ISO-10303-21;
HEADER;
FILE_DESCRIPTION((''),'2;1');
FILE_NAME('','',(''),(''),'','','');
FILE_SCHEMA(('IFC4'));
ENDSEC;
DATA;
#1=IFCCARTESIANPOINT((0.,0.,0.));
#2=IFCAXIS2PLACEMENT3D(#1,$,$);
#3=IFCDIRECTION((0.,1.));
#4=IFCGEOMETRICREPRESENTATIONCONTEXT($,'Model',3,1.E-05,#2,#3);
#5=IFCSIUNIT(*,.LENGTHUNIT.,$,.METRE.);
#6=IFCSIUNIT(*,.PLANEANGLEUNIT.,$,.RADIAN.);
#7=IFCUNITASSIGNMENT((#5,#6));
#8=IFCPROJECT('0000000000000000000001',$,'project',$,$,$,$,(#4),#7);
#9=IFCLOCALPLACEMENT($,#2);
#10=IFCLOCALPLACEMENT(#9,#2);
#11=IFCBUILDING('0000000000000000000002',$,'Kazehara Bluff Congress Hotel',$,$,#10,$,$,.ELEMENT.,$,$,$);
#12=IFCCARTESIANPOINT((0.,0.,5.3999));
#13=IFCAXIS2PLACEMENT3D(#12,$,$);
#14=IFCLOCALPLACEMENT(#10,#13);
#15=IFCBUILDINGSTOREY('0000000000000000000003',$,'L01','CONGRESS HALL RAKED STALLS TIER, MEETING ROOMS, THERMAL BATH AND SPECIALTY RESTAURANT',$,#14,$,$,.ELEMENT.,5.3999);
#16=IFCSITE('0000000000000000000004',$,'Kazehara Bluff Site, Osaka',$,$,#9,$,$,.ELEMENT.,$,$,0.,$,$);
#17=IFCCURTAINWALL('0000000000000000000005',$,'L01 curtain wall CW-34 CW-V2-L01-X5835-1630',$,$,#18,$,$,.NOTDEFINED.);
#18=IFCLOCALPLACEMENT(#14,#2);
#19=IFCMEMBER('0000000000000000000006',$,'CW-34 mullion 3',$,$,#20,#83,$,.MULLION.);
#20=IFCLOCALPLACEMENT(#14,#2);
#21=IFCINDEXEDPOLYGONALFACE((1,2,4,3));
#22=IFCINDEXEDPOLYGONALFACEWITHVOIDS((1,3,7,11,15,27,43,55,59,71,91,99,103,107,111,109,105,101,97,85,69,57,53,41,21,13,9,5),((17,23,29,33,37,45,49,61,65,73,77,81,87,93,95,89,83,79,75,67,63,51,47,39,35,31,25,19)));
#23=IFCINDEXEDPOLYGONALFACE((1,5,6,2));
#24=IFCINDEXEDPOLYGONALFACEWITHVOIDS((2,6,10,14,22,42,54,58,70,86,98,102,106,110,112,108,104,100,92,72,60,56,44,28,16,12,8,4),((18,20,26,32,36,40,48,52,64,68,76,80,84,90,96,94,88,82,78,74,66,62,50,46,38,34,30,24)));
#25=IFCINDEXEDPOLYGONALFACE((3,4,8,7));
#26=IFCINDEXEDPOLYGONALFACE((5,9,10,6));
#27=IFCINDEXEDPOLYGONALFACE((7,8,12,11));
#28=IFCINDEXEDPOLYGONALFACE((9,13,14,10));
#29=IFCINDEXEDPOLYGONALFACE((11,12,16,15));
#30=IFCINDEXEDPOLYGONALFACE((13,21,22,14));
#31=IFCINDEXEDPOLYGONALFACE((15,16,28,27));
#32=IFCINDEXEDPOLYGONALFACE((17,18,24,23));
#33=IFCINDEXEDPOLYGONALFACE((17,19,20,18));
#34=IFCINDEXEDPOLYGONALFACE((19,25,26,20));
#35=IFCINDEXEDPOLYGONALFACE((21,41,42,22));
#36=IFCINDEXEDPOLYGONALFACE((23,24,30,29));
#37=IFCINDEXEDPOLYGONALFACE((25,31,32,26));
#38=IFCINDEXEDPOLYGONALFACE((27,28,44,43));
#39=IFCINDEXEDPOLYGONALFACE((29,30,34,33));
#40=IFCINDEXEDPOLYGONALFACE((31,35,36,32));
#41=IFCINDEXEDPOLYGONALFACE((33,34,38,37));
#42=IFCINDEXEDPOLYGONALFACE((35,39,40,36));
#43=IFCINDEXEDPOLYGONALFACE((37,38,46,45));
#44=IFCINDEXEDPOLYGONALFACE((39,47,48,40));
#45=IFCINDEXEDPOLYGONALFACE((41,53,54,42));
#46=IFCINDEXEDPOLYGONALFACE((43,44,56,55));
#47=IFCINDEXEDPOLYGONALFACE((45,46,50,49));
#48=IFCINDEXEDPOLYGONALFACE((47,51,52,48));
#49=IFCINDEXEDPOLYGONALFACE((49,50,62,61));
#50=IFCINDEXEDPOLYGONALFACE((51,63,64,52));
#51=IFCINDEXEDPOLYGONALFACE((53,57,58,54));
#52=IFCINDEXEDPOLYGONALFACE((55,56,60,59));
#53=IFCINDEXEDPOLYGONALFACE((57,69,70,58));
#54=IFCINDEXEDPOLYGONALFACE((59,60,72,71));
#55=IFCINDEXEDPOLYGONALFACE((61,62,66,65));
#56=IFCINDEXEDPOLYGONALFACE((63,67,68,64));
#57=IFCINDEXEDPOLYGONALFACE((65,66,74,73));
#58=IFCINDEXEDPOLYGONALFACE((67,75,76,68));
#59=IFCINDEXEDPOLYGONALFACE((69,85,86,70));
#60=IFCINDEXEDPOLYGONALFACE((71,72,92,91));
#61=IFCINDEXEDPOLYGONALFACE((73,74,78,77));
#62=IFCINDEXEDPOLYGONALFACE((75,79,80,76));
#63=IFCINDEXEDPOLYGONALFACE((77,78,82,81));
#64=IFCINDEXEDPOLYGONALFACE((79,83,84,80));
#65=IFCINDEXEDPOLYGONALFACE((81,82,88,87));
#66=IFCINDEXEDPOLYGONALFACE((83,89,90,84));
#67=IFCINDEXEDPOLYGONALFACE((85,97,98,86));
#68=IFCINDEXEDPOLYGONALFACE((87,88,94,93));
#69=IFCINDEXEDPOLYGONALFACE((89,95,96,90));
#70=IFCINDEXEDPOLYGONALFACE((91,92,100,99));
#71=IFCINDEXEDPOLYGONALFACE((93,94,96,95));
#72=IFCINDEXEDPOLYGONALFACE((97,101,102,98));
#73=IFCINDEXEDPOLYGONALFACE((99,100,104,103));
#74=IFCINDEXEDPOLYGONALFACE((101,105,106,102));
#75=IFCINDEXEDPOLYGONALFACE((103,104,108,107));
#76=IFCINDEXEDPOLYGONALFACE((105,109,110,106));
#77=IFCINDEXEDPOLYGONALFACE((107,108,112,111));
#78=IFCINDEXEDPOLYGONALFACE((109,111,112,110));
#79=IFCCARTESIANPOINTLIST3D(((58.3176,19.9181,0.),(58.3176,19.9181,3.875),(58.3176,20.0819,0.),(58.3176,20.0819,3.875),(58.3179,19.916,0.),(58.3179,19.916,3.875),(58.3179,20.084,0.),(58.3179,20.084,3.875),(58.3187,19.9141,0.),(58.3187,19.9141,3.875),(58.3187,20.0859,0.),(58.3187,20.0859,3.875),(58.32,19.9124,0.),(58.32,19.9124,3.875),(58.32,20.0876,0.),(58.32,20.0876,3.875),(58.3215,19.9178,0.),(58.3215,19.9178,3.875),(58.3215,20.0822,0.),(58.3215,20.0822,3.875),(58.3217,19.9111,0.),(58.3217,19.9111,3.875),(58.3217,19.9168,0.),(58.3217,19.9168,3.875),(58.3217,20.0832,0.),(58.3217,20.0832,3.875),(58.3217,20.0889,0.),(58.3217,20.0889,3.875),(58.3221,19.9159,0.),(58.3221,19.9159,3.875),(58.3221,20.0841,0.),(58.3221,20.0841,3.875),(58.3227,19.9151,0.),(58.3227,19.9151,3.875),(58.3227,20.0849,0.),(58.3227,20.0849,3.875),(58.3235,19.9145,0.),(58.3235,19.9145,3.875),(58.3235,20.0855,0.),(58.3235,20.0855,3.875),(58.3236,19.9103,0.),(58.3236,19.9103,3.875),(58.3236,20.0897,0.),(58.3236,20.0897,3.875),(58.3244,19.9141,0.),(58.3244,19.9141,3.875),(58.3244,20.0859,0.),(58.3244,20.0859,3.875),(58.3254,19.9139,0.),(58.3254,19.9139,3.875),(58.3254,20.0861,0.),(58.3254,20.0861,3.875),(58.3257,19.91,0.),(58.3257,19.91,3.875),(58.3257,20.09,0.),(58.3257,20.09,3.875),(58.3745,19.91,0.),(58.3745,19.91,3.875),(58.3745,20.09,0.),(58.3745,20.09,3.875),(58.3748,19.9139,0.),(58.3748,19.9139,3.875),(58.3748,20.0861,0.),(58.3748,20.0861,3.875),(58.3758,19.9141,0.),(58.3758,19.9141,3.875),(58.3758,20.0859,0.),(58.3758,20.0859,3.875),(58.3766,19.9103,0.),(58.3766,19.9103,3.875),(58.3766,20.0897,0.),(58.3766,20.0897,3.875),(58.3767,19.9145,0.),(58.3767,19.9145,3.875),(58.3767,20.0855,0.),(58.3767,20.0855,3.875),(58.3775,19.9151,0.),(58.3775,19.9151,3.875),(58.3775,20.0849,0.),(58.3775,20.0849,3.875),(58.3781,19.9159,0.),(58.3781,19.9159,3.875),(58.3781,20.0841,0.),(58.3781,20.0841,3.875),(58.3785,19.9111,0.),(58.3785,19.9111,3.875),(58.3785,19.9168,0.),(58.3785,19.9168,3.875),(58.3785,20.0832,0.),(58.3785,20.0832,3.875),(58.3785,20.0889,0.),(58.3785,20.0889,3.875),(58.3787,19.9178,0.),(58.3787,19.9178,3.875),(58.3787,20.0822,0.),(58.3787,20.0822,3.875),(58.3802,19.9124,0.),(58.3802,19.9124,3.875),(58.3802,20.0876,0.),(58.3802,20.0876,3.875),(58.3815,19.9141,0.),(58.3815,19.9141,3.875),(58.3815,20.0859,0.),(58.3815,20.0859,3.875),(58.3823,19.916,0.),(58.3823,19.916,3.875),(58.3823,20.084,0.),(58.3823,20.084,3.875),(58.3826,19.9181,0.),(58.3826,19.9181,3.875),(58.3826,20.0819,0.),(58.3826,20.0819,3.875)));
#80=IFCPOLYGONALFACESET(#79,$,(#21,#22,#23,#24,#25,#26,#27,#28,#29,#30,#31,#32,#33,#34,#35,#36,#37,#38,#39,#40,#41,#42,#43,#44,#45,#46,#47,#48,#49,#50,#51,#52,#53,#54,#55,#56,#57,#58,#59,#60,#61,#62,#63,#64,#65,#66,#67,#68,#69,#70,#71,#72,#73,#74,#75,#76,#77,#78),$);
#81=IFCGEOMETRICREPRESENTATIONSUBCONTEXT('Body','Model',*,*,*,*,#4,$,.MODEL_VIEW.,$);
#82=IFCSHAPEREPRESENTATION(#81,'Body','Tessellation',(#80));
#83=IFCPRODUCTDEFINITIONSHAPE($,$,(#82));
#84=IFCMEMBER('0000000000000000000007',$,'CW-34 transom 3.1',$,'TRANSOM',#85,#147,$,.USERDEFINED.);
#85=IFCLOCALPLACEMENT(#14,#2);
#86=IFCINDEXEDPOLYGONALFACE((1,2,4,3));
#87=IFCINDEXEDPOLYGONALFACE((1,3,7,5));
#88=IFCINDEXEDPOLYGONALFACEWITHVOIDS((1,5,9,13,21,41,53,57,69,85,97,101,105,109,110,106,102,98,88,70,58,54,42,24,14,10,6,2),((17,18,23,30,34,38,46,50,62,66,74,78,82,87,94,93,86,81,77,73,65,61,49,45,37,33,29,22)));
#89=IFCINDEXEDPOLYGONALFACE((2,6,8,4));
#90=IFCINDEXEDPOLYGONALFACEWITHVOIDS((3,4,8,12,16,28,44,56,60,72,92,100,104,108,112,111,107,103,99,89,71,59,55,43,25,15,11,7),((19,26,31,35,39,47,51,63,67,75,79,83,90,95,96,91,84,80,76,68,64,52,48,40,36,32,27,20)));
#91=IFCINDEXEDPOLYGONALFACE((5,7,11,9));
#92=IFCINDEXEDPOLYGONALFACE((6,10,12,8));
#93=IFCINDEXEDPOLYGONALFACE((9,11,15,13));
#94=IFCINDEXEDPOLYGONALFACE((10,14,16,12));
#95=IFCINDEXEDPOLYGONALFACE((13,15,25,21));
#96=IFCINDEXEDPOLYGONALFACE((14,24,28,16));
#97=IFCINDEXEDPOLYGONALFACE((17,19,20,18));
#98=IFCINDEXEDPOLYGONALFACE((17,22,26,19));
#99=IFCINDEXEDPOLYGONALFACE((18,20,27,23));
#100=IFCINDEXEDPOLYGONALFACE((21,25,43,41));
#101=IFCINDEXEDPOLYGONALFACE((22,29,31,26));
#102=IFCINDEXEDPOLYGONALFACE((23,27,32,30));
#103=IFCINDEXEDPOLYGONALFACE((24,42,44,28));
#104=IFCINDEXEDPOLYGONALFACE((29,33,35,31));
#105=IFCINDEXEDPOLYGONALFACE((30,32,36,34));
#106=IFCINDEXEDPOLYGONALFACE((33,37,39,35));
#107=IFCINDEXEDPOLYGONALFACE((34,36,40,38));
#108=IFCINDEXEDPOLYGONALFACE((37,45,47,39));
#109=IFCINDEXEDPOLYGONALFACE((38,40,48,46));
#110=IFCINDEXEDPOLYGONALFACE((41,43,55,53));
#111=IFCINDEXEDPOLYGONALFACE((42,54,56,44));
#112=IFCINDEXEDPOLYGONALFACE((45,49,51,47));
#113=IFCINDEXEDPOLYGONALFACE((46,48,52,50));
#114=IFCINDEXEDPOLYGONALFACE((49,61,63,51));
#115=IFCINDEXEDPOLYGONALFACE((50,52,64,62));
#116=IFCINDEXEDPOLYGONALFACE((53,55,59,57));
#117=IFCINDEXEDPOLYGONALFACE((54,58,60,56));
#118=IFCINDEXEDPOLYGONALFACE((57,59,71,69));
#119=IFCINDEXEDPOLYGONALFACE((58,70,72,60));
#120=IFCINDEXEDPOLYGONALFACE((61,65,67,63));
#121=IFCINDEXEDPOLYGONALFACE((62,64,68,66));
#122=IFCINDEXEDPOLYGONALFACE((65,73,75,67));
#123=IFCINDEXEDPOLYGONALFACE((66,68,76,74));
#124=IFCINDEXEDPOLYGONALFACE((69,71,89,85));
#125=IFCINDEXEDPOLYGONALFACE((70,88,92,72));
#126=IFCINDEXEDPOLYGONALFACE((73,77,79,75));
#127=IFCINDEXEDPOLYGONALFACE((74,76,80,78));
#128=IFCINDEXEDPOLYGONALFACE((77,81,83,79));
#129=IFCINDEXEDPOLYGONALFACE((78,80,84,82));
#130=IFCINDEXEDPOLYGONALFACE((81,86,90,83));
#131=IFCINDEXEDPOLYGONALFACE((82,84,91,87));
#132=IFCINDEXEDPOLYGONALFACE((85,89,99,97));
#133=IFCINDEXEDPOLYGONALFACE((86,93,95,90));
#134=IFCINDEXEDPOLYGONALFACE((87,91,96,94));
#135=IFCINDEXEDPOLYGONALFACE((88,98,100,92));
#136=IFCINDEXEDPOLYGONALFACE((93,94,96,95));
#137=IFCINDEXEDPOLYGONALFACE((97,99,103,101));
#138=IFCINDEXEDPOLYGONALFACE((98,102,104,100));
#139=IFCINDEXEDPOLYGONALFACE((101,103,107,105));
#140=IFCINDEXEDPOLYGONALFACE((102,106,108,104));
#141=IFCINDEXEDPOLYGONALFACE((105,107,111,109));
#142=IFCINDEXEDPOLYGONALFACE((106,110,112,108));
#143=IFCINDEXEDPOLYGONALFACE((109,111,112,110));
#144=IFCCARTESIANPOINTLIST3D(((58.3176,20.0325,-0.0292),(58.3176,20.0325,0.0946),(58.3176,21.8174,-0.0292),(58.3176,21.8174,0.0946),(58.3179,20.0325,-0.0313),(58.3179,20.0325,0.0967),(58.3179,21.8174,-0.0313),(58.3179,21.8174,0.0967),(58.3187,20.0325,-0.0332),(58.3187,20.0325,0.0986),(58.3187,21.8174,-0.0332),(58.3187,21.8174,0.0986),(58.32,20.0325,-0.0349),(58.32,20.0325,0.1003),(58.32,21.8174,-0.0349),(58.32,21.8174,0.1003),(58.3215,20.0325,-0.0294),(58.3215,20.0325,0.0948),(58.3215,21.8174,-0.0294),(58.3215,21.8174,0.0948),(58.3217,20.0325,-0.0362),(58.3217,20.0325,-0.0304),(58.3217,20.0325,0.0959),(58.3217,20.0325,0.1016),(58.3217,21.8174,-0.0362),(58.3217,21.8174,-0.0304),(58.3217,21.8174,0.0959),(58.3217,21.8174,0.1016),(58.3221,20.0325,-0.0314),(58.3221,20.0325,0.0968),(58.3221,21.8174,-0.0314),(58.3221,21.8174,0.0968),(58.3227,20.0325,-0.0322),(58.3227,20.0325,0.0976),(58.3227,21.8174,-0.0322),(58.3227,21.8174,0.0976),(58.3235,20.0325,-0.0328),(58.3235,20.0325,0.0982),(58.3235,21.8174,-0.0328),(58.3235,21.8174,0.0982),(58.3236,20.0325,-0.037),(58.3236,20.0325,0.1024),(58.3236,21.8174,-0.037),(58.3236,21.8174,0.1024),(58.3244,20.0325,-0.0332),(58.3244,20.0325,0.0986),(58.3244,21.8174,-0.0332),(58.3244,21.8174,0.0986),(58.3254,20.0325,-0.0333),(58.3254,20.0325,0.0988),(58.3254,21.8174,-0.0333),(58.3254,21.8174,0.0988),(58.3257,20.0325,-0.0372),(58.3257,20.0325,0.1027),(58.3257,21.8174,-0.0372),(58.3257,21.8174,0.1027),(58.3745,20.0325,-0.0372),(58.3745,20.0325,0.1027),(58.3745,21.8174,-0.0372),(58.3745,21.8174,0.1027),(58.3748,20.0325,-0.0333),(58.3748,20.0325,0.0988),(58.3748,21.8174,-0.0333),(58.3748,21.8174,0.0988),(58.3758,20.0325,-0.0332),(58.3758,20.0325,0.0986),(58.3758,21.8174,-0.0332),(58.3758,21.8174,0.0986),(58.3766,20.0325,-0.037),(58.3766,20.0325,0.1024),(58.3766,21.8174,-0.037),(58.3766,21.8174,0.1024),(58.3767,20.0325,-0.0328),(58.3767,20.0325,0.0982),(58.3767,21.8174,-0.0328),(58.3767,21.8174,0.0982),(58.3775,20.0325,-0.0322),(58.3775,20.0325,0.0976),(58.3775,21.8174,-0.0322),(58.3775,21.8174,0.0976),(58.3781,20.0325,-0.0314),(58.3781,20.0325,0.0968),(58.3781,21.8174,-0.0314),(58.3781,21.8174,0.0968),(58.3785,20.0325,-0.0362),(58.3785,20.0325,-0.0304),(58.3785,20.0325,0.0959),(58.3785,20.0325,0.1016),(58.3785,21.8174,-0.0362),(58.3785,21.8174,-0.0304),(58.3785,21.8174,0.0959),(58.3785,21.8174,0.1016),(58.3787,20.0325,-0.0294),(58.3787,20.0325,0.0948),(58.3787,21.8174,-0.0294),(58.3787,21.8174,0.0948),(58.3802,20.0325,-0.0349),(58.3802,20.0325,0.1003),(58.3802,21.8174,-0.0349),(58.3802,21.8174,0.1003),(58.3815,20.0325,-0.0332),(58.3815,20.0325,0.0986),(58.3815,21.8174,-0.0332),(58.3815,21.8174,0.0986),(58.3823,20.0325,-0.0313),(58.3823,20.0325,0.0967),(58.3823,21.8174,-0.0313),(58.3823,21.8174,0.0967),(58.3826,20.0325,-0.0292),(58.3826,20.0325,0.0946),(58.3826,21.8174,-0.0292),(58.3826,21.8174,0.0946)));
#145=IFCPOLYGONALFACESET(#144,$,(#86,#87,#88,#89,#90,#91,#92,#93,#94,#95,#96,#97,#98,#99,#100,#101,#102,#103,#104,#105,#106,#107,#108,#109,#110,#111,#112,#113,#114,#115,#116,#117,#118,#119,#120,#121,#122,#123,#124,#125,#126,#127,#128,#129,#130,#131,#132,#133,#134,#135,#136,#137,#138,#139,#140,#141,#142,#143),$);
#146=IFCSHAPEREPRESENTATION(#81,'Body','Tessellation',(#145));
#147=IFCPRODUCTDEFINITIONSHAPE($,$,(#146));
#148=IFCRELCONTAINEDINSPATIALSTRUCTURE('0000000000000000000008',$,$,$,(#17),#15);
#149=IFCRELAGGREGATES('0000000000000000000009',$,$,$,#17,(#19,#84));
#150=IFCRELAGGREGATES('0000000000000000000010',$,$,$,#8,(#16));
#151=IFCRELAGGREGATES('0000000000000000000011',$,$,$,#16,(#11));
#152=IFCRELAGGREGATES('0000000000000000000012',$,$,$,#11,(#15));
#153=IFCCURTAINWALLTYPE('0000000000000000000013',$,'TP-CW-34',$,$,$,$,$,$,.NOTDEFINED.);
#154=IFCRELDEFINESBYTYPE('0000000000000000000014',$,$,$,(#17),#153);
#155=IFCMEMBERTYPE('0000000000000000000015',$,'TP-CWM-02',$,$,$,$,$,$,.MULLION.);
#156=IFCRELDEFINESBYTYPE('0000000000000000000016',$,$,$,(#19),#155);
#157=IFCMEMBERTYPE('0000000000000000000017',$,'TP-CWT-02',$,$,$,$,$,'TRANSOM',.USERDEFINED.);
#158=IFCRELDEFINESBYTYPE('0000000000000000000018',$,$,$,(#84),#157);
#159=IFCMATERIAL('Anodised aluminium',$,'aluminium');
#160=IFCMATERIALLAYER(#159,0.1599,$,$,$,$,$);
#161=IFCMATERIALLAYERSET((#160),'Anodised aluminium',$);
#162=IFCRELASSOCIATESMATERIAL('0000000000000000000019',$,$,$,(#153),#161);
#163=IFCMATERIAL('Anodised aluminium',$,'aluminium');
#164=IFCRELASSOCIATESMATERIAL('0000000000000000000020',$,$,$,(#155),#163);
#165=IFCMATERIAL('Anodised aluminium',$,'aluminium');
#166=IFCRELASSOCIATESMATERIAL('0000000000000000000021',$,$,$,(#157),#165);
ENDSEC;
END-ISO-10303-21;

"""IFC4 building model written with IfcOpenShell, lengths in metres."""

from ifc_helpers import new_model, si_unit, direction, frame, origin, origin_2d, place, context, subcontext, project, spatial, hollow_rectangle, extrude, material, layer, layer_set, material_profile, profile_set, type_object, element, aggregate, save


model = new_model("IFC4")

# Units and contexts
model_context = context("Model", 3, precision=1e-05, world=origin(), true_north=direction((0.0, 1.0)))
body_context = subcontext(model_context, "Body", "Model", "MODEL_VIEW")
ifc_project = project(units=[si_unit("LENGTHUNIT", "METRE"), si_unit("PLANEANGLEUNIT", "RADIAN")], contexts=[model_context])

# Site, building, storey
site_placement = place(None, origin())
site = spatial("IfcSite", under=ifc_project, at=site_placement, Name="Kazehara Bluff Site, Osaka", CompositionType="ELEMENT", RefElevation=0.0)
building_placement = place(site_placement, origin())
building = spatial("IfcBuilding", under=site, at=building_placement, Name="Kazehara Bluff Congress Hotel", CompositionType="ELEMENT")
storey_placement = place(building_placement, frame((0.0, 0.0, 5.3999)))
storey = spatial("IfcBuildingStorey", under=building, at=storey_placement, Name="L01", Description="CONGRESS HALL RAKED STALLS TIER, MEETING ROOMS, THERMAL BATH AND SPECIALTY RESTAURANT", CompositionType="ELEMENT", Elevation=5.3999)

# Curtain wall, members
ifc_material_1 = material(Name="Anodised aluminium", Category="aluminium")
ifc_layer_1 = layer(ifc_material_1, 0.1599)
ifc_layer_set_1 = layer_set([ifc_layer_1], Name="Anodised aluminium")
curtain_wall_type_1 = type_object("IfcCurtainWallType", Name="TP-CW-34", PredefinedType="NOTDEFINED", material=ifc_layer_set_1)
curtain_wall_1_placement = place(storey_placement, origin())
curtain_wall_1 = element("IfcCurtainWall", 1, at=curtain_wall_1_placement, inside=storey, type_object=curtain_wall_type_1, Name="L01 curtain wall CW-34 CW-V2-L01-X5835-1630", PredefinedType="NOTDEFINED")
ifc_material_2 = material(Name="Anodised aluminium", Category="aluminium")
ifc_material_profile_1 = material_profile(ifc_material_2, hollow_rectangle(XDim=0.0649, YDim=0.1799, WallThickness=0.0039, InnerFilletRadius=0.0039, OuterFilletRadius=0.0081, at=origin_2d()))
ifc_profile_set_1 = profile_set([ifc_material_profile_1], Name="Anodised aluminium")
member_type_1 = type_object("IfcMemberType", Name="TP-CWM-02", PredefinedType="MULLION", material=ifc_profile_set_1)
member_1_placement = place(storey_placement, frame((58.3501, 20.0, 0.0), z_axis=(0.0, 0.0, 1.0), x_axis=(-1.0, 0.0, 0.0)))
member_1 = element("IfcMember", 2, at=member_1_placement, type_object=member_type_1, Name="CW-34 mullion 3", PredefinedType="MULLION", context=body_context, shape_type="SweptSolid", body=[
    extrude(hollow_rectangle(XDim=0.0649, YDim=0.1799, WallThickness=0.0039, InnerFilletRadius=0.0039, OuterFilletRadius=0.0081, at=origin_2d()), origin(), (0.0, 0.0, 1.0), 3.875),
])
ifc_material_3 = material(Name="Anodised aluminium", Category="aluminium")
ifc_material_profile_2 = material_profile(ifc_material_3, hollow_rectangle(XDim=0.0649, YDim=0.1399, WallThickness=0.0039, InnerFilletRadius=0.0039, OuterFilletRadius=0.0081, at=origin_2d()))
ifc_profile_set_2 = profile_set([ifc_material_profile_2], Name="Anodised aluminium")
member_type_2 = type_object("IfcMemberType", Name="TP-CWT-02", ElementType="TRANSOM", PredefinedType="USERDEFINED", material=ifc_profile_set_2)
member_2_placement = place(storey_placement, frame((58.3501, 20.0325, 0.0327), z_axis=(0.0, 1.0, 0.0), x_axis=(-1.0, 0.0, 0.0)))
member_2 = element("IfcMember", 3, at=member_2_placement, type_object=member_type_2, Name="CW-34 transom 3.1", ObjectType="TRANSOM", PredefinedType="USERDEFINED", context=body_context, shape_type="SweptSolid", body=[
    extrude(hollow_rectangle(XDim=0.0649, YDim=0.1399, WallThickness=0.0039, InnerFilletRadius=0.0039, OuterFilletRadius=0.0081, at=origin_2d()), origin(), (0.0, 0.0, 1.0), 1.7849),
])
aggregate(curtain_wall_1, [member_1, member_2])

save(model, "model.ifc")
